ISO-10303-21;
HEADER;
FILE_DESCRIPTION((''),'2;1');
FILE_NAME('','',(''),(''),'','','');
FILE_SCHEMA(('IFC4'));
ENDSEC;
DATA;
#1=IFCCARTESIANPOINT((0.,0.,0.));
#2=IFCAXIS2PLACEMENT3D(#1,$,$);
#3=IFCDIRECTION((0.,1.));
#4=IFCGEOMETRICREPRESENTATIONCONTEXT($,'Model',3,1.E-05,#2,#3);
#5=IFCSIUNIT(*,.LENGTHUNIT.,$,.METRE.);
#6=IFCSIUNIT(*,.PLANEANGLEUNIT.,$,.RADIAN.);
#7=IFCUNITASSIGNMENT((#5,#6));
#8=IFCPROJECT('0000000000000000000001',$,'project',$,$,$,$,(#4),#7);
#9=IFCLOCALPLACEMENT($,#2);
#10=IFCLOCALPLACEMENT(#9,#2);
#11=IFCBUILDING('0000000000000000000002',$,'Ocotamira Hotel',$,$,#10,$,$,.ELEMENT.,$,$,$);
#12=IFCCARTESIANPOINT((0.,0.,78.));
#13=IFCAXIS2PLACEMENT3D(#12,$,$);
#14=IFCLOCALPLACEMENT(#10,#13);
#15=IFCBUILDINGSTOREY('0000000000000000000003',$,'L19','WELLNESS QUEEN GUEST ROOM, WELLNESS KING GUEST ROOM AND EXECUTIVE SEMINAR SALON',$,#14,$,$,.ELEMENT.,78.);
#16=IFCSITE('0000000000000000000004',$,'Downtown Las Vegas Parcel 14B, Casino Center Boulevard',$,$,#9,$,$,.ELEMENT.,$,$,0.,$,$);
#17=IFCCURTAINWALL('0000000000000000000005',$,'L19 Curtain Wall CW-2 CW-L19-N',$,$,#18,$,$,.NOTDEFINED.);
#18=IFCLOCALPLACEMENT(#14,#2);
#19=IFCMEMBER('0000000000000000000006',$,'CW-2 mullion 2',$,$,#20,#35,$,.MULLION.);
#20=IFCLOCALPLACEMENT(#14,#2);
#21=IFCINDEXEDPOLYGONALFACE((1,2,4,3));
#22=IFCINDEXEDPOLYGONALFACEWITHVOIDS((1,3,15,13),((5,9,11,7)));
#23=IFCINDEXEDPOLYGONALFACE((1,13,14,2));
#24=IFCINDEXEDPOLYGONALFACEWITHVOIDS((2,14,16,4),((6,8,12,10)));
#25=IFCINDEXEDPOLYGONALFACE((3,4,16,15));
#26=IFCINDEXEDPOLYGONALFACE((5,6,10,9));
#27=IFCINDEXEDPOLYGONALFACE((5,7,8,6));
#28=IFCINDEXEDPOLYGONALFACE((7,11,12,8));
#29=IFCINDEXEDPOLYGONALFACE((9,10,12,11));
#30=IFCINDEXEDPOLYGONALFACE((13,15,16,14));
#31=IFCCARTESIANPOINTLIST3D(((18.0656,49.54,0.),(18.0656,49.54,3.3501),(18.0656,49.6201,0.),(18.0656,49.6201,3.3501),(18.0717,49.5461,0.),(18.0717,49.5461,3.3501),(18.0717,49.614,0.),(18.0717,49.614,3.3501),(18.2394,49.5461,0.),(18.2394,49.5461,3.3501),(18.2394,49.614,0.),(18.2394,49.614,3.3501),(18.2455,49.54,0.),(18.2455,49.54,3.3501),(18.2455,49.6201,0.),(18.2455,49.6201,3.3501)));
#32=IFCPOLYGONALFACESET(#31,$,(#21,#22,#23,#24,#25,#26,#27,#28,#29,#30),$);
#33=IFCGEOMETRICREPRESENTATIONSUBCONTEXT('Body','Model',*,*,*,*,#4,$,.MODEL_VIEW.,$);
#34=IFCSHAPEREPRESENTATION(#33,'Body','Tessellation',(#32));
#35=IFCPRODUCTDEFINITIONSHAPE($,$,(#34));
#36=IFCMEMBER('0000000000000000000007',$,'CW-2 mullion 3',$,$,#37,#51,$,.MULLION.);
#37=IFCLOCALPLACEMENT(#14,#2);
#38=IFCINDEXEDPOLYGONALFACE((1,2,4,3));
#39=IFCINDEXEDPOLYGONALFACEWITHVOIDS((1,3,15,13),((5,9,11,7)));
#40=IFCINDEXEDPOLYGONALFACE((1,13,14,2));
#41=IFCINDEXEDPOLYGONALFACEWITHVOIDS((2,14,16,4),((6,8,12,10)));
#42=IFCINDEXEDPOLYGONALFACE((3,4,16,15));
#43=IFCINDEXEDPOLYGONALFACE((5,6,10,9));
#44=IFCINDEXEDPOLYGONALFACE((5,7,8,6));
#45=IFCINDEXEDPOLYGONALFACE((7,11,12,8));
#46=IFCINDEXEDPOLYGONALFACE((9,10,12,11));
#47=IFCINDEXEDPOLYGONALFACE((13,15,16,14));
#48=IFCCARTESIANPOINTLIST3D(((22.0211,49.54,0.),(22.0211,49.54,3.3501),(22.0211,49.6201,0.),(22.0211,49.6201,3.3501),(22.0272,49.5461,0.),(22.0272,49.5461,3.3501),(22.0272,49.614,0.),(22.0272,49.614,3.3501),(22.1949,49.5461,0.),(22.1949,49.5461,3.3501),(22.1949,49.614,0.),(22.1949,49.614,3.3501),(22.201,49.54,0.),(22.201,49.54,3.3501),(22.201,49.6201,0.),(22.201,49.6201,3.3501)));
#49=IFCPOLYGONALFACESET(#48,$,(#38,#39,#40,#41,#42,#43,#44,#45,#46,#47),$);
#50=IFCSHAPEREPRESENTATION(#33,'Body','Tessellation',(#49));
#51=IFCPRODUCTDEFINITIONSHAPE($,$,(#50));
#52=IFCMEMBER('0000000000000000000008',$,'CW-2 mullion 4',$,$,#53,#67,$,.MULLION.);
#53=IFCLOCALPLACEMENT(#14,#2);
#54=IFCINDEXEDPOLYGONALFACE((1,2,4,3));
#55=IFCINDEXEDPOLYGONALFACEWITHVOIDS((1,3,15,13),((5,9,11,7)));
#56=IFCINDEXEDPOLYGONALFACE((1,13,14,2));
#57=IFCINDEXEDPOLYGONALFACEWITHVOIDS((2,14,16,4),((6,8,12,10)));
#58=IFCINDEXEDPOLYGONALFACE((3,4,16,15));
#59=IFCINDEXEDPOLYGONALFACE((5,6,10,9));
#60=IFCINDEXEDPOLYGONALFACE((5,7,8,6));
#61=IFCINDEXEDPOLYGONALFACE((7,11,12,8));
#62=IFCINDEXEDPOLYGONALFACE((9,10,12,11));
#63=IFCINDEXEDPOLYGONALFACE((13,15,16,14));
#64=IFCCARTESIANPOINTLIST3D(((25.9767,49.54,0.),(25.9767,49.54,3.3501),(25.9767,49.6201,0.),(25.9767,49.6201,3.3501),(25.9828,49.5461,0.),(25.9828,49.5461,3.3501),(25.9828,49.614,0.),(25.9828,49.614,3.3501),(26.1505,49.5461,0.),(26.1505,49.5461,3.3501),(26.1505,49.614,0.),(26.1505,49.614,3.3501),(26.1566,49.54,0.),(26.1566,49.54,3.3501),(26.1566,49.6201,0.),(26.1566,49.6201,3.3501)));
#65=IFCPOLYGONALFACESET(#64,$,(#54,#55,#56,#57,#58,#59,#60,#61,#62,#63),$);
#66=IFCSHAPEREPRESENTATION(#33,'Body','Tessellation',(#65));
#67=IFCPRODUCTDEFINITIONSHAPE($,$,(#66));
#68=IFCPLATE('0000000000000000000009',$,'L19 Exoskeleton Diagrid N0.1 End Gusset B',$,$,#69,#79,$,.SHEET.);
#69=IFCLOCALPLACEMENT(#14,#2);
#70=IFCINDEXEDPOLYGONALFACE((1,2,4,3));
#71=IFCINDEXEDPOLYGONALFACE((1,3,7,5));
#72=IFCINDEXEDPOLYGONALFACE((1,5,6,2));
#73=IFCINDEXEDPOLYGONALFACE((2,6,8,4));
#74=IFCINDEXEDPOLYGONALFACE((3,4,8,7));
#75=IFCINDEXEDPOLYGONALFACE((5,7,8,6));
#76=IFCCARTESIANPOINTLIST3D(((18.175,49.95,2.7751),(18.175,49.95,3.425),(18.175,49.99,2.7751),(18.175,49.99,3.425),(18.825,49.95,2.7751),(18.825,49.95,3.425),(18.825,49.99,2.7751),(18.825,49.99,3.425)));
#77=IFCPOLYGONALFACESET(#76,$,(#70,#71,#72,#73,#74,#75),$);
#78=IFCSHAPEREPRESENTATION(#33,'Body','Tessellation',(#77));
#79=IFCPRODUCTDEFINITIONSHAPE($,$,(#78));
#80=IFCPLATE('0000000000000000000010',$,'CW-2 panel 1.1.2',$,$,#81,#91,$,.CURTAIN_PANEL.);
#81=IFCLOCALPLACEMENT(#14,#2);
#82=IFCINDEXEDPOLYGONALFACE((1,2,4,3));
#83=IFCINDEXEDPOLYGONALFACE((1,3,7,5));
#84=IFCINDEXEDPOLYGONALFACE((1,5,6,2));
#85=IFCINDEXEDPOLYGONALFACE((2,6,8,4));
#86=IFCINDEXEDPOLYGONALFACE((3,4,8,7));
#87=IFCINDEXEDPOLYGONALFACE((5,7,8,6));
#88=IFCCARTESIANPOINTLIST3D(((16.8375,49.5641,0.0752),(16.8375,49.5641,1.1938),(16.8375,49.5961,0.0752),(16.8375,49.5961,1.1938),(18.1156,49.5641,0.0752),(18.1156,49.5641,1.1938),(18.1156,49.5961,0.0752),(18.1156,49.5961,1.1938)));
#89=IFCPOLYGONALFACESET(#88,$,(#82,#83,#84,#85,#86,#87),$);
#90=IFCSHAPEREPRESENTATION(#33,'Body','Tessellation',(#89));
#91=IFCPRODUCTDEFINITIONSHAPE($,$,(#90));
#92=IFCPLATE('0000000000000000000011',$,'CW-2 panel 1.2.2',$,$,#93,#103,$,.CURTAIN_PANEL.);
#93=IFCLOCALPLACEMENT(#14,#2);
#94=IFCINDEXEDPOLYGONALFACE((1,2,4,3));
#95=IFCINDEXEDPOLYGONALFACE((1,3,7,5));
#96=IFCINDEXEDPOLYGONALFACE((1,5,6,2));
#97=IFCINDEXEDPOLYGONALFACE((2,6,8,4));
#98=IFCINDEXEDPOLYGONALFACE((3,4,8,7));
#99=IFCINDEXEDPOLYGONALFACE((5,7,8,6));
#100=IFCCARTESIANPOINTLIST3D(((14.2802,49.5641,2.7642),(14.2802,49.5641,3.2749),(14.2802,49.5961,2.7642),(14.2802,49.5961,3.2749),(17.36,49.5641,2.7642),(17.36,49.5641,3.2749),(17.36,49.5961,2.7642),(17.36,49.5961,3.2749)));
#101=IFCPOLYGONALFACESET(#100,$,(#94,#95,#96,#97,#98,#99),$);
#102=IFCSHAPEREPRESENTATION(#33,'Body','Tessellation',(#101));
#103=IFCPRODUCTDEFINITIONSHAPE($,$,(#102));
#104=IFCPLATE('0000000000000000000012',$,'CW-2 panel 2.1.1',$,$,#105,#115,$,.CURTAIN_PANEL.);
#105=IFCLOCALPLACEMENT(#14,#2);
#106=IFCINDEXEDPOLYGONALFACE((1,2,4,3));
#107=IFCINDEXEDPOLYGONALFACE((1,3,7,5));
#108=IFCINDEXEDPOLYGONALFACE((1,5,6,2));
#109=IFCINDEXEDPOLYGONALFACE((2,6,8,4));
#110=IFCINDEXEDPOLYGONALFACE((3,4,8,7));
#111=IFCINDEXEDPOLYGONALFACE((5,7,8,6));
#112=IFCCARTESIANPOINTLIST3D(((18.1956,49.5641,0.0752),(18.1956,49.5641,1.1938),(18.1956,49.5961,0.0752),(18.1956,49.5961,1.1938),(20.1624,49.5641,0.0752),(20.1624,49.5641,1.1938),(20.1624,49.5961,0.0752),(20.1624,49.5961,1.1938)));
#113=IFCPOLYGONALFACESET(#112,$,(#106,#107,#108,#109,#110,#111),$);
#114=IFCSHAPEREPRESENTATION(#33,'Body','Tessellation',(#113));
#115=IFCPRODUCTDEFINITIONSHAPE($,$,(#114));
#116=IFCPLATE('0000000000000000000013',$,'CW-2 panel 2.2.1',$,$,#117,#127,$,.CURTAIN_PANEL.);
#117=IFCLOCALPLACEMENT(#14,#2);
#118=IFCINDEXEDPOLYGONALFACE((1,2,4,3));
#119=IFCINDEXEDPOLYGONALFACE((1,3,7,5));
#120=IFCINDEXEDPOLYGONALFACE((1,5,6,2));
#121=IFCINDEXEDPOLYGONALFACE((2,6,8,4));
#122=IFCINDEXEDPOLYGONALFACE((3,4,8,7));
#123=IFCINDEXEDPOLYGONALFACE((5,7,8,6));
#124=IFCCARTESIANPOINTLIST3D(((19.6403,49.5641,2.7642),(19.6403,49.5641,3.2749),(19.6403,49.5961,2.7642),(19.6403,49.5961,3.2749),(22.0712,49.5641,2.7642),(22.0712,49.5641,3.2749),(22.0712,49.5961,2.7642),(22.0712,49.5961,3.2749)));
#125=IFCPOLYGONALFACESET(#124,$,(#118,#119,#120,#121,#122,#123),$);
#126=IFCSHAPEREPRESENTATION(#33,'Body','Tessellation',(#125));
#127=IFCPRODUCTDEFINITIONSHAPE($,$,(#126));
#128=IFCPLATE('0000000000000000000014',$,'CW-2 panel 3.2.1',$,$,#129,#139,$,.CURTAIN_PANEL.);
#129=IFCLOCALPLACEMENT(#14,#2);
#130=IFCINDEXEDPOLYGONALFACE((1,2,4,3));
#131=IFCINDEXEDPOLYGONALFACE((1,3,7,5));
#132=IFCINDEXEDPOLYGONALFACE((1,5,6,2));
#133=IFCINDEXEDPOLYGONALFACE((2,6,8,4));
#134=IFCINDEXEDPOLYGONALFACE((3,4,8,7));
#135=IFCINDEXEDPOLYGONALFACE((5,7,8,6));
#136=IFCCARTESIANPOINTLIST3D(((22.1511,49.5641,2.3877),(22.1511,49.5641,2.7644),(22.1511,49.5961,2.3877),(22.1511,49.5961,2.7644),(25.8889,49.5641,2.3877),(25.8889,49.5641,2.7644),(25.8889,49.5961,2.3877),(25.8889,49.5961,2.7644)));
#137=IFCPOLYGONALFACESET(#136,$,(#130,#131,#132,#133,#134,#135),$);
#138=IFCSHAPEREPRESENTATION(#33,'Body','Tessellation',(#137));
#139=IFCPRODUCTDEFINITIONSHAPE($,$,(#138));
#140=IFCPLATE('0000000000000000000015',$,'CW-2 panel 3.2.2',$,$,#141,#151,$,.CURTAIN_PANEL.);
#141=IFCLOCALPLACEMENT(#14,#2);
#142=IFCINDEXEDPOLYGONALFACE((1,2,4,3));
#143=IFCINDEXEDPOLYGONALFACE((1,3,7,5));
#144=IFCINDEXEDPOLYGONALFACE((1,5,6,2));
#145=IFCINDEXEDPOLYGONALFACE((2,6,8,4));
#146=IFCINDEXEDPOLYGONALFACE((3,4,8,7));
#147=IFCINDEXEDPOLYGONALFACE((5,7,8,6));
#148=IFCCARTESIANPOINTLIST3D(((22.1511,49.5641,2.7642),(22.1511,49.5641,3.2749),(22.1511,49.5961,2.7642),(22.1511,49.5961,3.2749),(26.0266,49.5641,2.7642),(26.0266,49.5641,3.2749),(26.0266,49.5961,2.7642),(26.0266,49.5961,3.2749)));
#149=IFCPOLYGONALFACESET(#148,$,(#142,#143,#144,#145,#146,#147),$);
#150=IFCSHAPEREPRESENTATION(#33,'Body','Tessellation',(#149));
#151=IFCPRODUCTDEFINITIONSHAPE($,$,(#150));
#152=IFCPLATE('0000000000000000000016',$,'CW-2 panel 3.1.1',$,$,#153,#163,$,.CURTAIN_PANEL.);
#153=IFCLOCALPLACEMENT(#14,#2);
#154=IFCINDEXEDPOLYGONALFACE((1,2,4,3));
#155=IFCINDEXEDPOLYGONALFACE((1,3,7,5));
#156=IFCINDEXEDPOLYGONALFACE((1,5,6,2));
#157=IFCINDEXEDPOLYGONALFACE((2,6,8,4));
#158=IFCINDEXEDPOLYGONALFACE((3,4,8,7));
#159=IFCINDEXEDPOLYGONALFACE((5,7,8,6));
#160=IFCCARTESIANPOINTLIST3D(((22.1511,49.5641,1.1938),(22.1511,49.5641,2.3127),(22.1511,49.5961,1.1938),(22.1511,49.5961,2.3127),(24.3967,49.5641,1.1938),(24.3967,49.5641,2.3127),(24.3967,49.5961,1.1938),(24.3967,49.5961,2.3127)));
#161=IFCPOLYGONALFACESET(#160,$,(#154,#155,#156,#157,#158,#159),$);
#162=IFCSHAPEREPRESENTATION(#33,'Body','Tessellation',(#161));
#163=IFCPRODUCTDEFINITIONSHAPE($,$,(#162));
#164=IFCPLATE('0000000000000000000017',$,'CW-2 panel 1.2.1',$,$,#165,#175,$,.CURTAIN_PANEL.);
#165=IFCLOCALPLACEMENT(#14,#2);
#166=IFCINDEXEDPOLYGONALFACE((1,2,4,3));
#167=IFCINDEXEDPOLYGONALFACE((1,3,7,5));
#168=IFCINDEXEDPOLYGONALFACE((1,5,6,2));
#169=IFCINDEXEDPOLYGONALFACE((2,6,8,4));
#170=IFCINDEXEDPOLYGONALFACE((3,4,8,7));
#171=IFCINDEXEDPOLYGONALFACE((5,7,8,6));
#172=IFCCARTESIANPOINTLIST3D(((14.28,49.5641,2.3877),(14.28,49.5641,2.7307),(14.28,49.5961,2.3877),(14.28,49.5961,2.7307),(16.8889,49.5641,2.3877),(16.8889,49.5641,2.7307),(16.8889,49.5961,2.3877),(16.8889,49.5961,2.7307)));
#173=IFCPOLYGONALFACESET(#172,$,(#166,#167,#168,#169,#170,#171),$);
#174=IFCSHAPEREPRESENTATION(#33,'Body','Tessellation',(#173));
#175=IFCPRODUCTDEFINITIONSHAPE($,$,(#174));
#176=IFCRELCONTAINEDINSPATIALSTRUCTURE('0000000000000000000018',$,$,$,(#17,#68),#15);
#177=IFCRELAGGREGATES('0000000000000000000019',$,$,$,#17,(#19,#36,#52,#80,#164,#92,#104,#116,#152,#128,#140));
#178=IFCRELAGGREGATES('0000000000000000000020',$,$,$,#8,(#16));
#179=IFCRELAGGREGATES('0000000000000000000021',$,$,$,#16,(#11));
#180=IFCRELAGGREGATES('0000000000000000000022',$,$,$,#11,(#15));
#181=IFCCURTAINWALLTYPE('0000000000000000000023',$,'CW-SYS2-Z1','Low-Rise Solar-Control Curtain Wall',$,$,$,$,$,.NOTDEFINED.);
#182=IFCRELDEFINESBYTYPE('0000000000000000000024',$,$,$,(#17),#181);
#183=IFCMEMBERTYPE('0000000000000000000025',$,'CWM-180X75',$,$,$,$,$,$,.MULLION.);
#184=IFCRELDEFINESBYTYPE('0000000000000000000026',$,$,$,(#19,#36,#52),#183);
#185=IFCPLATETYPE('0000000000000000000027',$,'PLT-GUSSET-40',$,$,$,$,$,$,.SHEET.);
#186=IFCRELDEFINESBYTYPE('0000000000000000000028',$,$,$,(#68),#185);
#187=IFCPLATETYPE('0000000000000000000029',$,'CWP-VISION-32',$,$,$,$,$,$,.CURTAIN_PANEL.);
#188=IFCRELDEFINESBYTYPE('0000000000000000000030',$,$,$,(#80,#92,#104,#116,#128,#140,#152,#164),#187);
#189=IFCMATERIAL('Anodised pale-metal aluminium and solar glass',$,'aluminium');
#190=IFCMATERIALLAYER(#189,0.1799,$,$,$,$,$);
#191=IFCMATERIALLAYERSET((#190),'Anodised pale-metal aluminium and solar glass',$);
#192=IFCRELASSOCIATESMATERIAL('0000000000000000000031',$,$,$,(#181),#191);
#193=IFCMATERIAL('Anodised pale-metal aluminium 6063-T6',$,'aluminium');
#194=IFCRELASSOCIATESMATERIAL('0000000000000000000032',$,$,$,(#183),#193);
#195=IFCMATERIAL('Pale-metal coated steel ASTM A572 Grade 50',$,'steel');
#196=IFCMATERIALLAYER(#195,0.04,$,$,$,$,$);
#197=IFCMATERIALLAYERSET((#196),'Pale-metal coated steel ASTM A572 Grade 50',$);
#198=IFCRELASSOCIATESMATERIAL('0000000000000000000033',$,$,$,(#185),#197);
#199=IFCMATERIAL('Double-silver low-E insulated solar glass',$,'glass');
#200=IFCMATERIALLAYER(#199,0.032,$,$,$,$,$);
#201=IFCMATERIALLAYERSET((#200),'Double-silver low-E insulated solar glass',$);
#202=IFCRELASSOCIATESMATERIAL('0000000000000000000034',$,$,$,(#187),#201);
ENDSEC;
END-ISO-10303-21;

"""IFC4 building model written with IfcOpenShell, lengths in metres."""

from ifc_helpers import new_model, si_unit, direction, frame, origin, origin_2d, place, context, subcontext, project, spatial, rectangle, hollow_rectangle, extrude, source, transform, mapped, material, layer, layer_set, material_profile, profile_set, type_object, element, aggregate, save


model = new_model("IFC4")

# Units and contexts
model_context = context("Model", 3, precision=1e-05, world=origin(), true_north=direction((0.0, 1.0)))
body_context = subcontext(model_context, "Body", "Model", "MODEL_VIEW")
ifc_project = project(units=[si_unit("LENGTHUNIT", "METRE"), si_unit("PLANEANGLEUNIT", "RADIAN")], contexts=[model_context])

# Site, building, storey
site_placement = place(None, origin())
site = spatial("IfcSite", under=ifc_project, at=site_placement, Name="Downtown Las Vegas Parcel 14B, Casino Center Boulevard", CompositionType="ELEMENT", RefElevation=0.0)
building_placement = place(site_placement, origin())
building = spatial("IfcBuilding", under=site, at=building_placement, Name="Ocotamira Hotel", CompositionType="ELEMENT")
storey_placement = place(building_placement, frame((0.0, 0.0, 78.0)))
storey = spatial("IfcBuildingStorey", under=building, at=storey_placement, Name="L19", Description="WELLNESS QUEEN GUEST ROOM, WELLNESS KING GUEST ROOM AND EXECUTIVE SEMINAR SALON", CompositionType="ELEMENT", Elevation=78.0)

# Curtain wall, members
ifc_material_1 = material(Name="Anodised pale-metal aluminium and solar glass", Category="aluminium")
ifc_layer_1 = layer(ifc_material_1, 0.1799)
ifc_layer_set_1 = layer_set([ifc_layer_1], Name="Anodised pale-metal aluminium and solar glass")
curtain_wall_type = type_object("IfcCurtainWallType", Name="CW-SYS2-Z1", Description="Low-Rise Solar-Control Curtain Wall", PredefinedType="NOTDEFINED", material=ifc_layer_set_1)
curtain_wall_placement = place(storey_placement, origin())
curtain_wall = element("IfcCurtainWall", 1, at=curtain_wall_placement, inside=storey, type_object=curtain_wall_type, Name="L19 Curtain Wall CW-2 CW-L19-N", PredefinedType="NOTDEFINED")
ifc_material_2 = material(Name="Anodised pale-metal aluminium 6063-T6", Category="aluminium")
ifc_material_profile_1 = material_profile(ifc_material_2, hollow_rectangle(XDim=0.0801, YDim=0.1799, WallThickness=0.0061, at=origin_2d()), Name="HSS180X80X6")
ifc_profile_set_1 = profile_set([ifc_material_profile_1], Name="Anodised pale-metal aluminium 6063-T6")
member_type_1 = type_object("IfcMemberType", Name="CWM-180X75", PredefinedType="MULLION", material=ifc_profile_set_1)
shared_shape_1 = source(origin(), body_context, "Body", "SweptSolid", [
    extrude(hollow_rectangle(XDim=0.0801, YDim=0.1799, WallThickness=0.0061, at=origin_2d()), origin(), (0.0, 0.0, 1.0), 3.3501),
])
member_1_placement = place(storey_placement, frame((18.1555, 49.5801, 0.0), z_axis=(0.0, 0.0, 1.0), x_axis=(0.0, 1.0, 0.0)))
member_1 = element("IfcMember", 2, at=member_1_placement, type_object=member_type_1, Name="CW-2 mullion 2", PredefinedType="MULLION", context=body_context, shape_type="MappedRepresentation", body=[
    mapped(shared_shape_1, transform((0.0, 0.0, 0.0), scale=1.0)),
])
member_2_placement = place(storey_placement, frame((22.1111, 49.5801, 0.0), z_axis=(0.0, 0.0, 1.0), x_axis=(0.0, 1.0, 0.0)))
member_2 = element("IfcMember", 3, at=member_2_placement, type_object=member_type_1, Name="CW-2 mullion 3", PredefinedType="MULLION", context=body_context, shape_type="MappedRepresentation", body=[
    mapped(shared_shape_1, transform((0.0, 0.0, 0.0), scale=1.0)),
])
member_3_placement = place(storey_placement, frame((26.0667, 49.5801, 0.0), z_axis=(0.0, 0.0, 1.0), x_axis=(0.0, 1.0, 0.0)))
member_3 = element("IfcMember", 4, at=member_3_placement, type_object=member_type_1, Name="CW-2 mullion 4", PredefinedType="MULLION", context=body_context, shape_type="MappedRepresentation", body=[
    mapped(shared_shape_1, transform((0.0, 0.0, 0.0), scale=1.0)),
])

# Plates
ifc_material_3 = material(Name="Pale-metal coated steel ASTM A572 Grade 50", Category="steel")
ifc_layer_2 = layer(ifc_material_3, 0.04)
ifc_layer_set_2 = layer_set([ifc_layer_2], Name="Pale-metal coated steel ASTM A572 Grade 50")
plate_type_1 = type_object("IfcPlateType", Name="PLT-GUSSET-40", PredefinedType="SHEET", material=ifc_layer_set_2)
shared_shape_2 = source(origin(), body_context, "Body", "SweptSolid", [
    extrude(rectangle(XDim=0.6499, YDim=0.04, at=origin_2d()), origin(), (0.0, 0.0, 1.0), 0.6499),
])
plate_1_placement = place(storey_placement, frame((18.5, 49.97, 2.7751), z_axis=(0.0, 0.0, 1.0), x_axis=(1.0, 0.0, 0.0)))
element("IfcPlate", 5, at=plate_1_placement, inside=storey, type_object=plate_type_1, Name="L19 Exoskeleton Diagrid N0.1 End Gusset B", PredefinedType="SHEET", context=body_context, shape_type="MappedRepresentation", body=[
    mapped(shared_shape_2, transform((0.0, 0.0, 0.0), scale=1.0)),
])
ifc_material_4 = material(Name="Double-silver low-E insulated solar glass", Category="glass")
ifc_layer_3 = layer(ifc_material_4, 0.032)
ifc_layer_set_3 = layer_set([ifc_layer_3], Name="Double-silver low-E insulated solar glass")
plate_type_2 = type_object("IfcPlateType", Name="CWP-VISION-32", PredefinedType="CURTAIN_PANEL", material=ifc_layer_set_3)
shared_shape_3 = source(origin(), body_context, "Body", "SweptSolid", [
    extrude(rectangle(XDim=1.2781, YDim=0.032, at=origin_2d()), origin(), (0.0, 0.0, 1.0), 1.1187),
])
plate_2_placement = place(storey_placement, frame((17.4766, 49.5801, 0.0752), z_axis=(0.0, 0.0, 1.0), x_axis=(1.0, 0.0, 0.0)))
plate_2 = element("IfcPlate", 6, at=plate_2_placement, type_object=plate_type_2, Name="CW-2 panel 1.1.2", PredefinedType="CURTAIN_PANEL", context=body_context, shape_type="MappedRepresentation", body=[
    mapped(shared_shape_3, transform((0.0, 0.0, 0.0), scale=1.0)),
])
shared_shape_4 = source(origin(), body_context, "Body", "SweptSolid", [
    extrude(rectangle(XDim=3.0798, YDim=0.032, at=origin_2d()), origin(), (0.0, 0.0, 1.0), 0.5107),
])
plate_3_placement = place(storey_placement, frame((15.8201, 49.5801, 2.7642), z_axis=(0.0, 0.0, 1.0), x_axis=(1.0, 0.0, 0.0)))
plate_3 = element("IfcPlate", 7, at=plate_3_placement, type_object=plate_type_2, Name="CW-2 panel 1.2.2", PredefinedType="CURTAIN_PANEL", context=body_context, shape_type="MappedRepresentation", body=[
    mapped(shared_shape_4, transform((0.0, 0.0, 0.0), scale=1.0)),
])
shared_shape_5 = source(origin(), body_context, "Body", "SweptSolid", [
    extrude(rectangle(XDim=1.9668, YDim=0.032, at=origin_2d()), origin(), (0.0, 0.0, 1.0), 1.1187),
])
plate_4_placement = place(storey_placement, frame((19.179, 49.5801, 0.0752), z_axis=(0.0, 0.0, 1.0), x_axis=(1.0, 0.0, 0.0)))
plate_4 = element("IfcPlate", 8, at=plate_4_placement, type_object=plate_type_2, Name="CW-2 panel 2.1.1", PredefinedType="CURTAIN_PANEL", context=body_context, shape_type="MappedRepresentation", body=[
    mapped(shared_shape_5, transform((0.0, 0.0, 0.0), scale=1.0)),
])
shared_shape_6 = source(origin(), body_context, "Body", "SweptSolid", [
    extrude(rectangle(XDim=2.4309, YDim=0.032, at=origin_2d()), origin(), (0.0, 0.0, 1.0), 0.5107),
])
plate_5_placement = place(storey_placement, frame((20.8557, 49.5801, 2.7642), z_axis=(0.0, 0.0, 1.0), x_axis=(1.0, 0.0, 0.0)))
plate_5 = element("IfcPlate", 9, at=plate_5_placement, type_object=plate_type_2, Name="CW-2 panel 2.2.1", PredefinedType="CURTAIN_PANEL", context=body_context, shape_type="MappedRepresentation", body=[
    mapped(shared_shape_6, transform((0.0, 0.0, 0.0), scale=1.0)),
])
shared_shape_7 = source(origin(), body_context, "Body", "SweptSolid", [
    extrude(rectangle(XDim=3.7378, YDim=0.032, at=origin_2d()), origin(), (0.0, 0.0, 1.0), 0.3767),
])
plate_6_placement = place(storey_placement, frame((24.02, 49.5801, 2.3877), z_axis=(0.0, 0.0, 1.0), x_axis=(1.0, 0.0, 0.0)))
plate_6 = element("IfcPlate", 10, at=plate_6_placement, type_object=plate_type_2, Name="CW-2 panel 3.2.1", PredefinedType="CURTAIN_PANEL", context=body_context, shape_type="MappedRepresentation", body=[
    mapped(shared_shape_7, transform((0.0, 0.0, 0.0), scale=1.0)),
])
shared_shape_8 = source(origin(), body_context, "Body", "SweptSolid", [
    extrude(rectangle(XDim=3.8755, YDim=0.032, at=origin_2d()), origin(), (0.0, 0.0, 1.0), 0.5107),
])
plate_7_placement = place(storey_placement, frame((24.0889, 49.5801, 2.7642), z_axis=(0.0, 0.0, 1.0), x_axis=(1.0, 0.0, 0.0)))
plate_7 = element("IfcPlate", 11, at=plate_7_placement, type_object=plate_type_2, Name="CW-2 panel 3.2.2", PredefinedType="CURTAIN_PANEL", context=body_context, shape_type="MappedRepresentation", body=[
    mapped(shared_shape_8, transform((0.0, 0.0, 0.0), scale=1.0)),
])
shared_shape_9 = source(origin(), body_context, "Body", "SweptSolid", [
    extrude(rectangle(XDim=2.2456, YDim=0.032, at=origin_2d()), origin(), (0.0, 0.0, 1.0), 1.1189),
])
plate_8_placement = place(storey_placement, frame((23.2739, 49.5801, 1.1938), z_axis=(0.0, 0.0, 1.0), x_axis=(1.0, 0.0, 0.0)))
plate_8 = element("IfcPlate", 12, at=plate_8_placement, type_object=plate_type_2, Name="CW-2 panel 3.1.1", PredefinedType="CURTAIN_PANEL", context=body_context, shape_type="MappedRepresentation", body=[
    mapped(shared_shape_9, transform((0.0, 0.0, 0.0), scale=1.0)),
])
shared_shape_10 = source(origin(), body_context, "Body", "SweptSolid", [
    extrude(rectangle(XDim=2.6089, YDim=0.032, at=origin_2d()), origin(), (0.0, 0.0, 1.0), 0.343),
])
plate_9_placement = place(storey_placement, frame((15.5845, 49.5801, 2.3877), z_axis=(0.0, 0.0, 1.0), x_axis=(1.0, 0.0, 0.0)))
plate_9 = element("IfcPlate", 13, at=plate_9_placement, type_object=plate_type_2, Name="CW-2 panel 1.2.1", PredefinedType="CURTAIN_PANEL", context=body_context, shape_type="MappedRepresentation", body=[
    mapped(shared_shape_10, transform((0.0, 0.0, 0.0), scale=1.0)),
])
aggregate(curtain_wall, [member_1, member_2, member_3, plate_2, plate_9, plate_3, plate_4, plate_5, plate_8, plate_6, plate_7])

save(model, "model.ifc")
